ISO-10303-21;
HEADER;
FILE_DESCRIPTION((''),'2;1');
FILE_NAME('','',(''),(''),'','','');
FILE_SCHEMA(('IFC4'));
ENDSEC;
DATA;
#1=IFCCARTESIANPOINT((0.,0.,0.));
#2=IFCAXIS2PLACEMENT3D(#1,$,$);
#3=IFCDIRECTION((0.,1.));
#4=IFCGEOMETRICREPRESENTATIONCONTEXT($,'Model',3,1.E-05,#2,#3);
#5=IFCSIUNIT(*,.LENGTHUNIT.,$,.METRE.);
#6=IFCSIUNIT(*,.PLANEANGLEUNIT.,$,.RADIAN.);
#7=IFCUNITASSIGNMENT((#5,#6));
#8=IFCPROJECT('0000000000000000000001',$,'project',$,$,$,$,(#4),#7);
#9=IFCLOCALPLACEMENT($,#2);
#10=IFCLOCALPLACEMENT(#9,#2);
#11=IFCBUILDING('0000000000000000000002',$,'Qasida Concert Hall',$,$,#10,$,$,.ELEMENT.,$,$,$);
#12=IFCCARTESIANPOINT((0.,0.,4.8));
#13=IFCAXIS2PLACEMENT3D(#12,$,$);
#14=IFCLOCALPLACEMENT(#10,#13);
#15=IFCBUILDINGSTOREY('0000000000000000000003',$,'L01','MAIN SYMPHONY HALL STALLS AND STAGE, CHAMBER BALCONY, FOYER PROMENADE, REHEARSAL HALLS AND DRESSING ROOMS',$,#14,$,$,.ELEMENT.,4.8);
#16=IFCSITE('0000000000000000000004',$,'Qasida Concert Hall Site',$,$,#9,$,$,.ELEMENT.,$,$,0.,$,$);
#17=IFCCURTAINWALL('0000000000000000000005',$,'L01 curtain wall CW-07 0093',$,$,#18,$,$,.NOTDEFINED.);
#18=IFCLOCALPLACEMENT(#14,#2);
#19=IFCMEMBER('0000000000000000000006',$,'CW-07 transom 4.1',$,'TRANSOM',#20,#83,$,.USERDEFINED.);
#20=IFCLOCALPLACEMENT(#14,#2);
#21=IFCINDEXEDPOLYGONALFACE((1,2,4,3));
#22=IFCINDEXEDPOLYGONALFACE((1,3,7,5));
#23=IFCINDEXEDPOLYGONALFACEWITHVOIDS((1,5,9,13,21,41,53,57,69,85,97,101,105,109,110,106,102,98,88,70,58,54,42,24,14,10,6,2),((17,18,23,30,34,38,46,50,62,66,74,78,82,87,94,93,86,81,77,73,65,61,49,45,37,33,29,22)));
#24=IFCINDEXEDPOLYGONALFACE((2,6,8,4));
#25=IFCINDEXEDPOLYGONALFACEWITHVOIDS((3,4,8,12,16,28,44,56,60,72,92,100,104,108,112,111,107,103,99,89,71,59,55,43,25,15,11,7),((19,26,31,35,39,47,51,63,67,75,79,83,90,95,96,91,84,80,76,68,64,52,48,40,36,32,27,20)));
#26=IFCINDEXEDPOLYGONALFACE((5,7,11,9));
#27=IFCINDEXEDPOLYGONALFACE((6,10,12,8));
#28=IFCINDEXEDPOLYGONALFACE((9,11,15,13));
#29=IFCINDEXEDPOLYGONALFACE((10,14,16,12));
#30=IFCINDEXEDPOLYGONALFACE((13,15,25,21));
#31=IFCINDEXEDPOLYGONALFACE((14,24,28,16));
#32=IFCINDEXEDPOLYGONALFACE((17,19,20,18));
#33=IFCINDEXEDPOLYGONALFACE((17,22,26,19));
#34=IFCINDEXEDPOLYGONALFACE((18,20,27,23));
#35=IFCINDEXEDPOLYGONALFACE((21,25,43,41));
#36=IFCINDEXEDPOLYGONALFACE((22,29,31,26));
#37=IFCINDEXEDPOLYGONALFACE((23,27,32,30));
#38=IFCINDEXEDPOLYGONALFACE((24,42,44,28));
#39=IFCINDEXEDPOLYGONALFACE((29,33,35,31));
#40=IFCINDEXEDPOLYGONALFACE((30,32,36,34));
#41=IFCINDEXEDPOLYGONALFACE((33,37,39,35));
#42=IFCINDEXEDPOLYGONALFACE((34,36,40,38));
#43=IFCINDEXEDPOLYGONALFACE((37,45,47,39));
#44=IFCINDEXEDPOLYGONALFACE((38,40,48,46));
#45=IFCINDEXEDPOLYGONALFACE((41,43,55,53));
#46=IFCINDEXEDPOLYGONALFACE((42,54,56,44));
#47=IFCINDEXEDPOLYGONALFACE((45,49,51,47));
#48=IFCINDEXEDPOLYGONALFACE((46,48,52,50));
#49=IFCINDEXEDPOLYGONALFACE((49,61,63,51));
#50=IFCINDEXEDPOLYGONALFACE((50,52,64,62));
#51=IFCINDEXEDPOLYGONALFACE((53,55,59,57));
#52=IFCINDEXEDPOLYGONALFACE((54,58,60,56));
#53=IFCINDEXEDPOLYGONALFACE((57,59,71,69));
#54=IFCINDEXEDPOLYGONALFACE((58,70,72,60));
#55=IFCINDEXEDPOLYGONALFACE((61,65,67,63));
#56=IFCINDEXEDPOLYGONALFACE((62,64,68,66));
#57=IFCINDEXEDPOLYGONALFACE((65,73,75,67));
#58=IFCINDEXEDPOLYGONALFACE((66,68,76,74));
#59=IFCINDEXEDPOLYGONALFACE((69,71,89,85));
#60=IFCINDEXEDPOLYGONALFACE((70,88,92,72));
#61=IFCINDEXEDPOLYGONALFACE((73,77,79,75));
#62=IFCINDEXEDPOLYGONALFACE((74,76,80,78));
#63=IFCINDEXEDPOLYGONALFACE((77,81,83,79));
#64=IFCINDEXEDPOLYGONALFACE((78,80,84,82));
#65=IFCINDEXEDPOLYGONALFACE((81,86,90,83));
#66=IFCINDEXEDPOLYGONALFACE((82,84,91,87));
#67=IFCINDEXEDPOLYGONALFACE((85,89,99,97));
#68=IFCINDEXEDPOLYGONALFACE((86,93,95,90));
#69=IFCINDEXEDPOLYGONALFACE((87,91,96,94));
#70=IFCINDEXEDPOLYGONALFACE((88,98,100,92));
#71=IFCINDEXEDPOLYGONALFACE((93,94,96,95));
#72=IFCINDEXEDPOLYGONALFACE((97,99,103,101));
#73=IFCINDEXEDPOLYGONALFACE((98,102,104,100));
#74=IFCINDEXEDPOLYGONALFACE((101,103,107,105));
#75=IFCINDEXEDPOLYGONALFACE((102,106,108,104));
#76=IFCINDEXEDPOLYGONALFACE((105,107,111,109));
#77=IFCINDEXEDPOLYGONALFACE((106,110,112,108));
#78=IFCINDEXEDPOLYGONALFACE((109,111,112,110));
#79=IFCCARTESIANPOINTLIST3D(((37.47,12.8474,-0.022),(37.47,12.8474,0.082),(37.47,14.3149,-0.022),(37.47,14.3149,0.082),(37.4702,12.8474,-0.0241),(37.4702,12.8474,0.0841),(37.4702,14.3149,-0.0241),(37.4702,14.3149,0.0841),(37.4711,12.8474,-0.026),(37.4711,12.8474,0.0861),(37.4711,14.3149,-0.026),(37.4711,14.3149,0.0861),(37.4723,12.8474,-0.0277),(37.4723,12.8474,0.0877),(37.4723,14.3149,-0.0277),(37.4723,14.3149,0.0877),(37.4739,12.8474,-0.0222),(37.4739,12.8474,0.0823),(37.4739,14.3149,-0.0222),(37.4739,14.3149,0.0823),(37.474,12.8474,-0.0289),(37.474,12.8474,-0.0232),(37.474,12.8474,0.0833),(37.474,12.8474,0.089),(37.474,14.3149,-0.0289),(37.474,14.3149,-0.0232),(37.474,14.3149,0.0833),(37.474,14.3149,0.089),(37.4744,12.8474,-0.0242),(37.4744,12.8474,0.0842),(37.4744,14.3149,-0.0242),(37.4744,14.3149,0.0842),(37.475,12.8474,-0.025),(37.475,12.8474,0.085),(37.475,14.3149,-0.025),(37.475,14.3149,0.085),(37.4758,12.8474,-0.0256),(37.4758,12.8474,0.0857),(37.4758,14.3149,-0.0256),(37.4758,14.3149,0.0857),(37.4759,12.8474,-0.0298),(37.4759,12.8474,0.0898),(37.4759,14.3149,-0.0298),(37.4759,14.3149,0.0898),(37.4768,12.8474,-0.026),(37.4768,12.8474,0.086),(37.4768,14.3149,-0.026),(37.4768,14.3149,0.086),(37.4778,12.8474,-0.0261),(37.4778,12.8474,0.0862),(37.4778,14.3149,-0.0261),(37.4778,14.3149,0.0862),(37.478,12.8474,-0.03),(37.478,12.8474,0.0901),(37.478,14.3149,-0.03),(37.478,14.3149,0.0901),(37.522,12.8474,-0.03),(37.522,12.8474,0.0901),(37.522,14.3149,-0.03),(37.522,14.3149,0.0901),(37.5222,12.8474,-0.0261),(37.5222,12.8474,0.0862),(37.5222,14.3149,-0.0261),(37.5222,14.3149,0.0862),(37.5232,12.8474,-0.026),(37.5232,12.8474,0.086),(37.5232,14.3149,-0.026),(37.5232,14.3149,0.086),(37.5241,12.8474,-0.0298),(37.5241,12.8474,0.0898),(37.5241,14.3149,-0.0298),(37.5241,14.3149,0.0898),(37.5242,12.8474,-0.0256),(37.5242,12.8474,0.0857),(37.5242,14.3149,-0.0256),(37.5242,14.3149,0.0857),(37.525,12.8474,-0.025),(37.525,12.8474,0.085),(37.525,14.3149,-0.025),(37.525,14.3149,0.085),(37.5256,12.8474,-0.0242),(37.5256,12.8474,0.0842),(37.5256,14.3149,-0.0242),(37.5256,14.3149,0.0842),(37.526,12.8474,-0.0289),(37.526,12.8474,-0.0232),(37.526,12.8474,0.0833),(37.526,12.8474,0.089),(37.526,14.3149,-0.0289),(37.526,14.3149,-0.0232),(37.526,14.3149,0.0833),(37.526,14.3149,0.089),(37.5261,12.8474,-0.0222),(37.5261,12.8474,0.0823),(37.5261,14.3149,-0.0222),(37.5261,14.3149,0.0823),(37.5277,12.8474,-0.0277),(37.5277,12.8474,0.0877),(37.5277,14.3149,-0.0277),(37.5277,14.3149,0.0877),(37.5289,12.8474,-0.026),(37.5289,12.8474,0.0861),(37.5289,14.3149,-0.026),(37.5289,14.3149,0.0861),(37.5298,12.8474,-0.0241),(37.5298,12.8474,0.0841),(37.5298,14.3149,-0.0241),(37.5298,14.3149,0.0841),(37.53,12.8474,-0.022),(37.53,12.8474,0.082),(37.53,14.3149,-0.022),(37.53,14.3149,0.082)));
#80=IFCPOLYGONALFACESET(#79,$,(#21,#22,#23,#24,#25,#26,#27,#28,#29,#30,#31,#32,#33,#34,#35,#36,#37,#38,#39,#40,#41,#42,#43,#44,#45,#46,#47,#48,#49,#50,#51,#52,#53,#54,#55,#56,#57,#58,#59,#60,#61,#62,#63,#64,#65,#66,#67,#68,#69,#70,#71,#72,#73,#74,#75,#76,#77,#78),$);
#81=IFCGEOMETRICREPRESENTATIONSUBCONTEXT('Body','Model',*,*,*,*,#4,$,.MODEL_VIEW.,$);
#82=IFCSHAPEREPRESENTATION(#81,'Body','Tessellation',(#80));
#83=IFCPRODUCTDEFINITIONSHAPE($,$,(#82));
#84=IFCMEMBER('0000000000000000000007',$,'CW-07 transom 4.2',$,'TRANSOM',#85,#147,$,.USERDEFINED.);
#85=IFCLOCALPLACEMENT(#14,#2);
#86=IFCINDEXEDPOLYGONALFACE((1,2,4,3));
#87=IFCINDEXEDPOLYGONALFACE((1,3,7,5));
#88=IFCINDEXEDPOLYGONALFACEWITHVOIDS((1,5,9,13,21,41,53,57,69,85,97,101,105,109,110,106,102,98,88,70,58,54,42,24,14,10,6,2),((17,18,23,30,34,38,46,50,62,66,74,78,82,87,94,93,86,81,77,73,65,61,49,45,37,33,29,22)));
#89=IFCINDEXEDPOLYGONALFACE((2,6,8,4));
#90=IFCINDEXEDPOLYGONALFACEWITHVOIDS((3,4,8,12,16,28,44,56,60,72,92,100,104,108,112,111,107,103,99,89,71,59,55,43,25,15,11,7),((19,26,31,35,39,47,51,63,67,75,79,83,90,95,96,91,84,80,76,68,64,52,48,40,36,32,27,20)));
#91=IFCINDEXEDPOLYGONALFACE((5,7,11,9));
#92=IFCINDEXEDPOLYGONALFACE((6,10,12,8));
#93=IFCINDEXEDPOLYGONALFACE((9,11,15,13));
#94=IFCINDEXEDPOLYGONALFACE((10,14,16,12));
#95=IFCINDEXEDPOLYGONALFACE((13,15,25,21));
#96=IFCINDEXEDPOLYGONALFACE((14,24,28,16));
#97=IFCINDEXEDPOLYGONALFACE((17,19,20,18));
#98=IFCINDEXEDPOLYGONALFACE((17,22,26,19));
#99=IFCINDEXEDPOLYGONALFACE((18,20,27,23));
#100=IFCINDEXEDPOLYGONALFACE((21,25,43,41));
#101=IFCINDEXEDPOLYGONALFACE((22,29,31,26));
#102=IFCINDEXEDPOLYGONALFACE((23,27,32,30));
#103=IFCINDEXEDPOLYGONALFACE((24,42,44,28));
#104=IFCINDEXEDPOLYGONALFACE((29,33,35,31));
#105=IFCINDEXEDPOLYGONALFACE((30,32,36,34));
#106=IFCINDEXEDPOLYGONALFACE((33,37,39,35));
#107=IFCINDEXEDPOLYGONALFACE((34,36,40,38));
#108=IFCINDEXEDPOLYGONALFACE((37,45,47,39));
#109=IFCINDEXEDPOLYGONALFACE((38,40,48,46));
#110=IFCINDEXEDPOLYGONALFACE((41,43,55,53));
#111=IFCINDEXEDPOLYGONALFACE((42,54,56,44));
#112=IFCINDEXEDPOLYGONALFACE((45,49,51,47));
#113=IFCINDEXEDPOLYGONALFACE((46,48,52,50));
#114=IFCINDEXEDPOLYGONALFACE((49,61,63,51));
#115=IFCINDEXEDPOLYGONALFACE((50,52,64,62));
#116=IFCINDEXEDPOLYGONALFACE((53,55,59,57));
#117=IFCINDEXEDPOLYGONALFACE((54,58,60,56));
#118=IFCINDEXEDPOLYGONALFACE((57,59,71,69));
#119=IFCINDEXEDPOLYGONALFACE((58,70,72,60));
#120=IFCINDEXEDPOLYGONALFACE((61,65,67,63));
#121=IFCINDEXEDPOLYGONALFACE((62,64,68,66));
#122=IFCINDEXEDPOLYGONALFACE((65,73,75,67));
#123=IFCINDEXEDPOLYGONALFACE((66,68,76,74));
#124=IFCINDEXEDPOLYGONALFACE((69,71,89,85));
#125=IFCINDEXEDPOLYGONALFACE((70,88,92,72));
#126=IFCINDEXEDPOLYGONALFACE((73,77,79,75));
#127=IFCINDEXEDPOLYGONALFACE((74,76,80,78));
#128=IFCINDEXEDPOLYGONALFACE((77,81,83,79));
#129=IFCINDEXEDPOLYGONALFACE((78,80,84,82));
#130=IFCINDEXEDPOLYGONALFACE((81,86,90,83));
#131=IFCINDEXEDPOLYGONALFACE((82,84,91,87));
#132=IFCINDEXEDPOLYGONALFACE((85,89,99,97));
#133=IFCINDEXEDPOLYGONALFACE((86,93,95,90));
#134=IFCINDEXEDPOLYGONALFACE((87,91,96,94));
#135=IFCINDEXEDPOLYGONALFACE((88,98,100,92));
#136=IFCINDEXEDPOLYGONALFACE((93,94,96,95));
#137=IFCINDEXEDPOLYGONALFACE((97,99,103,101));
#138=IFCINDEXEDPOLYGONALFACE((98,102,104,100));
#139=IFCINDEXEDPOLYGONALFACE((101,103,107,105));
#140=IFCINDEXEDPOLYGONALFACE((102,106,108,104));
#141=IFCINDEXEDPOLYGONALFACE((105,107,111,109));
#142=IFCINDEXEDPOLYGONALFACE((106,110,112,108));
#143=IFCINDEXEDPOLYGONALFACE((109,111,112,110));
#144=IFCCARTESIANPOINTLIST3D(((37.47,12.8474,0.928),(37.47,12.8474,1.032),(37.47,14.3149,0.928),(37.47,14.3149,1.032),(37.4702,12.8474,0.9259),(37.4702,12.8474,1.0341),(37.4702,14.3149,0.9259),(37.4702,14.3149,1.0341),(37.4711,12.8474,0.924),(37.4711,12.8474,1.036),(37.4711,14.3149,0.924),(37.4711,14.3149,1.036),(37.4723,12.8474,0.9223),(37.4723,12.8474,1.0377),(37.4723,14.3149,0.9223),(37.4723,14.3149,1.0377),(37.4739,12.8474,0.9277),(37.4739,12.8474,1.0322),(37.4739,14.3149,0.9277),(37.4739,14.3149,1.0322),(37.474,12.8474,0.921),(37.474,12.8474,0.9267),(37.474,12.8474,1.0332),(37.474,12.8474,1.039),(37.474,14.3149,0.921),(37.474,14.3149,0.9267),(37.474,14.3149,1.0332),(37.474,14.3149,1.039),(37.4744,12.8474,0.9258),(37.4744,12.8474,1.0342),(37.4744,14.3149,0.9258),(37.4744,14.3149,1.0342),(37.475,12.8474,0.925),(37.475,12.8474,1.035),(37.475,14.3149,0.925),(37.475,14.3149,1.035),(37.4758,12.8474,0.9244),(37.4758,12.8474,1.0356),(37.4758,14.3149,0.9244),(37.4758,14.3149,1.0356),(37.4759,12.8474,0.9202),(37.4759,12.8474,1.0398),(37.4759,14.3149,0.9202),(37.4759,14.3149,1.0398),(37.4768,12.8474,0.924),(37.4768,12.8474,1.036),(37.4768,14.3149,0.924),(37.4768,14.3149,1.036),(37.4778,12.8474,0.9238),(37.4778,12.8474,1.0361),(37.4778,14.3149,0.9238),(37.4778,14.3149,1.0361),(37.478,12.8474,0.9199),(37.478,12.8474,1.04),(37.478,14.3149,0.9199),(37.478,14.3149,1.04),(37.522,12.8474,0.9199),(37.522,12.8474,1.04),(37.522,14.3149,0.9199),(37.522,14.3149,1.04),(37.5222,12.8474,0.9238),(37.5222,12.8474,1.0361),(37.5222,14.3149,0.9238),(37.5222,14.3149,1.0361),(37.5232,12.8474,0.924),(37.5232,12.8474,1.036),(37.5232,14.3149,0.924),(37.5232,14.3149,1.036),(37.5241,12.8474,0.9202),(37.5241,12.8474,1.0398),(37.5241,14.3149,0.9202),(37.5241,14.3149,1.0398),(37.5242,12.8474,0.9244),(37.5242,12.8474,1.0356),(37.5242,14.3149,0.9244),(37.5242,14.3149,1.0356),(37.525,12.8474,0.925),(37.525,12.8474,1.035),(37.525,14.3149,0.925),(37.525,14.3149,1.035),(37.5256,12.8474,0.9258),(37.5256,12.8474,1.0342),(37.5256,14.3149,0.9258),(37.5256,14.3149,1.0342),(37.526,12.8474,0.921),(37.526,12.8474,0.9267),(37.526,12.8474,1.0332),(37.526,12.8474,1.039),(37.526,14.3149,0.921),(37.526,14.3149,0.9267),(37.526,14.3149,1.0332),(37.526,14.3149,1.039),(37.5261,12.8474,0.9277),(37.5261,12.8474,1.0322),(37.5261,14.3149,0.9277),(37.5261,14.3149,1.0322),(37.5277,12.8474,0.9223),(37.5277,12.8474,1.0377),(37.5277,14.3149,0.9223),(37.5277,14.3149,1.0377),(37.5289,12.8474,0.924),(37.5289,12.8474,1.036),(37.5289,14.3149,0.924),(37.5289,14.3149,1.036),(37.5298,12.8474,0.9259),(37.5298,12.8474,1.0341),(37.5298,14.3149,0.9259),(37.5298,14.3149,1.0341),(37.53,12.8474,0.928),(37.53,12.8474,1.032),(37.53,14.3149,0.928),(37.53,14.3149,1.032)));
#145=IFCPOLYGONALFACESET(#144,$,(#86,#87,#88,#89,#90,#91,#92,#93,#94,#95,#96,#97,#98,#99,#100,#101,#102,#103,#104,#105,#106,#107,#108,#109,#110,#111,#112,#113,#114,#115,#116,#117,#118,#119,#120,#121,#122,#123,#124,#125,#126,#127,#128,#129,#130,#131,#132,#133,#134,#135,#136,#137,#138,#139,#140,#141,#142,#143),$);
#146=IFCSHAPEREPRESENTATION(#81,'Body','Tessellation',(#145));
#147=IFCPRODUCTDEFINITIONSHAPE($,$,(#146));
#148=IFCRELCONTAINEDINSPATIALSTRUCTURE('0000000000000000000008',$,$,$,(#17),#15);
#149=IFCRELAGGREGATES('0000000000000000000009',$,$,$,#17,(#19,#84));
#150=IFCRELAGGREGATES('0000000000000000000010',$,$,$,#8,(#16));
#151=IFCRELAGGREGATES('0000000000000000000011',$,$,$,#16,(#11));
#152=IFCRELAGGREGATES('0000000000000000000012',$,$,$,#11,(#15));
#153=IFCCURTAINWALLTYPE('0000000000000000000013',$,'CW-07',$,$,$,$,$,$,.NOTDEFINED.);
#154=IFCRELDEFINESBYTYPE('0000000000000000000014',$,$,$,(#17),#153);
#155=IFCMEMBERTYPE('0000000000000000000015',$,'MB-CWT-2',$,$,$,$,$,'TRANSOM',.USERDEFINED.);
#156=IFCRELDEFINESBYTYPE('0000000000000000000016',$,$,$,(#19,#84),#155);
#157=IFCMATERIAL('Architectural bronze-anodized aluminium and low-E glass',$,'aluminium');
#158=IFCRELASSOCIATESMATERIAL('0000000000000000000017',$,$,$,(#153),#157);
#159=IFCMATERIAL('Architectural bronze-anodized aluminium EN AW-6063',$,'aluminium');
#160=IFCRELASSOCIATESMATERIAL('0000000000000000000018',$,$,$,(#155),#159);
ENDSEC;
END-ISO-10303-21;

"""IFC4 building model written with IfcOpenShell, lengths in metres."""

from ifc_helpers import new_model, si_unit, direction, frame, origin, origin_2d, place, context, subcontext, project, spatial, hollow_rectangle, extrude, material, material_profile, profile_set, type_object, element, aggregate, save


model = new_model("IFC4")

# Units and contexts
model_context = context("Model", 3, precision=1e-05, world=origin(), true_north=direction((0.0, 1.0)))
body_context = subcontext(model_context, "Body", "Model", "MODEL_VIEW")
ifc_project = project(units=[si_unit("LENGTHUNIT", "METRE"), si_unit("PLANEANGLEUNIT", "RADIAN")], contexts=[model_context])

# Site, building, storey
site_placement = place(None, origin())
site = spatial("IfcSite", under=ifc_project, at=site_placement, Name="Qasida Concert Hall Site", CompositionType="ELEMENT", RefElevation=0.0)
building_placement = place(site_placement, origin())
building = spatial("IfcBuilding", under=site, at=building_placement, Name="Qasida Concert Hall", CompositionType="ELEMENT")
storey_placement = place(building_placement, frame((0.0, 0.0, 4.8)))
storey = spatial("IfcBuildingStorey", under=building, at=storey_placement, Name="L01", Description="MAIN SYMPHONY HALL STALLS AND STAGE, CHAMBER BALCONY, FOYER PROMENADE, REHEARSAL HALLS AND DRESSING ROOMS", CompositionType="ELEMENT", Elevation=4.8)

# Curtain wall
ifc_material_1 = material(Name="Architectural bronze-anodized aluminium and low-E glass", Category="aluminium")
curtain_wall_type = type_object("IfcCurtainWallType", Name="CW-07", PredefinedType="NOTDEFINED", material=ifc_material_1)
curtain_wall_1_placement = place(storey_placement, origin())
curtain_wall_1 = element("IfcCurtainWall", 1, at=curtain_wall_1_placement, inside=storey, type_object=curtain_wall_type, Name="L01 curtain wall CW-07 0093", PredefinedType="NOTDEFINED")
ifc_material_2 = material(Name="Architectural bronze-anodized aluminium EN AW-6063", Category="aluminium")

# Members
ifc_material_profile_1 = material_profile(ifc_material_2, hollow_rectangle(XDim=0.0601, YDim=0.1201, WallThickness=0.0039, InnerFilletRadius=0.0039, OuterFilletRadius=0.0081, at=origin_2d()), Name="CWT 120x60x4")
ifc_profile_set_1 = profile_set([ifc_material_profile_1], Name="Architectural bronze-anodized aluminium EN AW-6063")
member_type_1 = type_object("IfcMemberType", Name="MB-CWT-2", ElementType="TRANSOM", PredefinedType="USERDEFINED", material=ifc_profile_set_1)
member_1_placement = place(storey_placement, frame((37.5, 12.8474, 0.03), z_axis=(0.0, 1.0, 0.0), x_axis=(-1.0, 0.0, 0.0)))
member_1 = element("IfcMember", 2, at=member_1_placement, type_object=member_type_1, Name="CW-07 transom 4.1", ObjectType="TRANSOM", PredefinedType="USERDEFINED", context=body_context, shape_type="SweptSolid", body=[
    extrude(hollow_rectangle(XDim=0.0601, YDim=0.1201, WallThickness=0.0039, InnerFilletRadius=0.0039, OuterFilletRadius=0.0081, at=origin_2d()), origin(), (0.0, 0.0, 1.0), 1.4675),
])
member_2_placement = place(storey_placement, frame((37.5, 12.8474, 0.98), z_axis=(0.0, 1.0, 0.0), x_axis=(-1.0, 0.0, 0.0)))
member_2 = element("IfcMember", 3, at=member_2_placement, type_object=member_type_1, Name="CW-07 transom 4.2", ObjectType="TRANSOM", PredefinedType="USERDEFINED", context=body_context, shape_type="SweptSolid", body=[
    extrude(hollow_rectangle(XDim=0.0601, YDim=0.1201, WallThickness=0.0039, InnerFilletRadius=0.0039, OuterFilletRadius=0.0081, at=origin_2d()), origin(), (0.0, 0.0, 1.0), 1.4675),
])

aggregate(curtain_wall_1, [member_1, member_2])

save(model, "model.ifc")
